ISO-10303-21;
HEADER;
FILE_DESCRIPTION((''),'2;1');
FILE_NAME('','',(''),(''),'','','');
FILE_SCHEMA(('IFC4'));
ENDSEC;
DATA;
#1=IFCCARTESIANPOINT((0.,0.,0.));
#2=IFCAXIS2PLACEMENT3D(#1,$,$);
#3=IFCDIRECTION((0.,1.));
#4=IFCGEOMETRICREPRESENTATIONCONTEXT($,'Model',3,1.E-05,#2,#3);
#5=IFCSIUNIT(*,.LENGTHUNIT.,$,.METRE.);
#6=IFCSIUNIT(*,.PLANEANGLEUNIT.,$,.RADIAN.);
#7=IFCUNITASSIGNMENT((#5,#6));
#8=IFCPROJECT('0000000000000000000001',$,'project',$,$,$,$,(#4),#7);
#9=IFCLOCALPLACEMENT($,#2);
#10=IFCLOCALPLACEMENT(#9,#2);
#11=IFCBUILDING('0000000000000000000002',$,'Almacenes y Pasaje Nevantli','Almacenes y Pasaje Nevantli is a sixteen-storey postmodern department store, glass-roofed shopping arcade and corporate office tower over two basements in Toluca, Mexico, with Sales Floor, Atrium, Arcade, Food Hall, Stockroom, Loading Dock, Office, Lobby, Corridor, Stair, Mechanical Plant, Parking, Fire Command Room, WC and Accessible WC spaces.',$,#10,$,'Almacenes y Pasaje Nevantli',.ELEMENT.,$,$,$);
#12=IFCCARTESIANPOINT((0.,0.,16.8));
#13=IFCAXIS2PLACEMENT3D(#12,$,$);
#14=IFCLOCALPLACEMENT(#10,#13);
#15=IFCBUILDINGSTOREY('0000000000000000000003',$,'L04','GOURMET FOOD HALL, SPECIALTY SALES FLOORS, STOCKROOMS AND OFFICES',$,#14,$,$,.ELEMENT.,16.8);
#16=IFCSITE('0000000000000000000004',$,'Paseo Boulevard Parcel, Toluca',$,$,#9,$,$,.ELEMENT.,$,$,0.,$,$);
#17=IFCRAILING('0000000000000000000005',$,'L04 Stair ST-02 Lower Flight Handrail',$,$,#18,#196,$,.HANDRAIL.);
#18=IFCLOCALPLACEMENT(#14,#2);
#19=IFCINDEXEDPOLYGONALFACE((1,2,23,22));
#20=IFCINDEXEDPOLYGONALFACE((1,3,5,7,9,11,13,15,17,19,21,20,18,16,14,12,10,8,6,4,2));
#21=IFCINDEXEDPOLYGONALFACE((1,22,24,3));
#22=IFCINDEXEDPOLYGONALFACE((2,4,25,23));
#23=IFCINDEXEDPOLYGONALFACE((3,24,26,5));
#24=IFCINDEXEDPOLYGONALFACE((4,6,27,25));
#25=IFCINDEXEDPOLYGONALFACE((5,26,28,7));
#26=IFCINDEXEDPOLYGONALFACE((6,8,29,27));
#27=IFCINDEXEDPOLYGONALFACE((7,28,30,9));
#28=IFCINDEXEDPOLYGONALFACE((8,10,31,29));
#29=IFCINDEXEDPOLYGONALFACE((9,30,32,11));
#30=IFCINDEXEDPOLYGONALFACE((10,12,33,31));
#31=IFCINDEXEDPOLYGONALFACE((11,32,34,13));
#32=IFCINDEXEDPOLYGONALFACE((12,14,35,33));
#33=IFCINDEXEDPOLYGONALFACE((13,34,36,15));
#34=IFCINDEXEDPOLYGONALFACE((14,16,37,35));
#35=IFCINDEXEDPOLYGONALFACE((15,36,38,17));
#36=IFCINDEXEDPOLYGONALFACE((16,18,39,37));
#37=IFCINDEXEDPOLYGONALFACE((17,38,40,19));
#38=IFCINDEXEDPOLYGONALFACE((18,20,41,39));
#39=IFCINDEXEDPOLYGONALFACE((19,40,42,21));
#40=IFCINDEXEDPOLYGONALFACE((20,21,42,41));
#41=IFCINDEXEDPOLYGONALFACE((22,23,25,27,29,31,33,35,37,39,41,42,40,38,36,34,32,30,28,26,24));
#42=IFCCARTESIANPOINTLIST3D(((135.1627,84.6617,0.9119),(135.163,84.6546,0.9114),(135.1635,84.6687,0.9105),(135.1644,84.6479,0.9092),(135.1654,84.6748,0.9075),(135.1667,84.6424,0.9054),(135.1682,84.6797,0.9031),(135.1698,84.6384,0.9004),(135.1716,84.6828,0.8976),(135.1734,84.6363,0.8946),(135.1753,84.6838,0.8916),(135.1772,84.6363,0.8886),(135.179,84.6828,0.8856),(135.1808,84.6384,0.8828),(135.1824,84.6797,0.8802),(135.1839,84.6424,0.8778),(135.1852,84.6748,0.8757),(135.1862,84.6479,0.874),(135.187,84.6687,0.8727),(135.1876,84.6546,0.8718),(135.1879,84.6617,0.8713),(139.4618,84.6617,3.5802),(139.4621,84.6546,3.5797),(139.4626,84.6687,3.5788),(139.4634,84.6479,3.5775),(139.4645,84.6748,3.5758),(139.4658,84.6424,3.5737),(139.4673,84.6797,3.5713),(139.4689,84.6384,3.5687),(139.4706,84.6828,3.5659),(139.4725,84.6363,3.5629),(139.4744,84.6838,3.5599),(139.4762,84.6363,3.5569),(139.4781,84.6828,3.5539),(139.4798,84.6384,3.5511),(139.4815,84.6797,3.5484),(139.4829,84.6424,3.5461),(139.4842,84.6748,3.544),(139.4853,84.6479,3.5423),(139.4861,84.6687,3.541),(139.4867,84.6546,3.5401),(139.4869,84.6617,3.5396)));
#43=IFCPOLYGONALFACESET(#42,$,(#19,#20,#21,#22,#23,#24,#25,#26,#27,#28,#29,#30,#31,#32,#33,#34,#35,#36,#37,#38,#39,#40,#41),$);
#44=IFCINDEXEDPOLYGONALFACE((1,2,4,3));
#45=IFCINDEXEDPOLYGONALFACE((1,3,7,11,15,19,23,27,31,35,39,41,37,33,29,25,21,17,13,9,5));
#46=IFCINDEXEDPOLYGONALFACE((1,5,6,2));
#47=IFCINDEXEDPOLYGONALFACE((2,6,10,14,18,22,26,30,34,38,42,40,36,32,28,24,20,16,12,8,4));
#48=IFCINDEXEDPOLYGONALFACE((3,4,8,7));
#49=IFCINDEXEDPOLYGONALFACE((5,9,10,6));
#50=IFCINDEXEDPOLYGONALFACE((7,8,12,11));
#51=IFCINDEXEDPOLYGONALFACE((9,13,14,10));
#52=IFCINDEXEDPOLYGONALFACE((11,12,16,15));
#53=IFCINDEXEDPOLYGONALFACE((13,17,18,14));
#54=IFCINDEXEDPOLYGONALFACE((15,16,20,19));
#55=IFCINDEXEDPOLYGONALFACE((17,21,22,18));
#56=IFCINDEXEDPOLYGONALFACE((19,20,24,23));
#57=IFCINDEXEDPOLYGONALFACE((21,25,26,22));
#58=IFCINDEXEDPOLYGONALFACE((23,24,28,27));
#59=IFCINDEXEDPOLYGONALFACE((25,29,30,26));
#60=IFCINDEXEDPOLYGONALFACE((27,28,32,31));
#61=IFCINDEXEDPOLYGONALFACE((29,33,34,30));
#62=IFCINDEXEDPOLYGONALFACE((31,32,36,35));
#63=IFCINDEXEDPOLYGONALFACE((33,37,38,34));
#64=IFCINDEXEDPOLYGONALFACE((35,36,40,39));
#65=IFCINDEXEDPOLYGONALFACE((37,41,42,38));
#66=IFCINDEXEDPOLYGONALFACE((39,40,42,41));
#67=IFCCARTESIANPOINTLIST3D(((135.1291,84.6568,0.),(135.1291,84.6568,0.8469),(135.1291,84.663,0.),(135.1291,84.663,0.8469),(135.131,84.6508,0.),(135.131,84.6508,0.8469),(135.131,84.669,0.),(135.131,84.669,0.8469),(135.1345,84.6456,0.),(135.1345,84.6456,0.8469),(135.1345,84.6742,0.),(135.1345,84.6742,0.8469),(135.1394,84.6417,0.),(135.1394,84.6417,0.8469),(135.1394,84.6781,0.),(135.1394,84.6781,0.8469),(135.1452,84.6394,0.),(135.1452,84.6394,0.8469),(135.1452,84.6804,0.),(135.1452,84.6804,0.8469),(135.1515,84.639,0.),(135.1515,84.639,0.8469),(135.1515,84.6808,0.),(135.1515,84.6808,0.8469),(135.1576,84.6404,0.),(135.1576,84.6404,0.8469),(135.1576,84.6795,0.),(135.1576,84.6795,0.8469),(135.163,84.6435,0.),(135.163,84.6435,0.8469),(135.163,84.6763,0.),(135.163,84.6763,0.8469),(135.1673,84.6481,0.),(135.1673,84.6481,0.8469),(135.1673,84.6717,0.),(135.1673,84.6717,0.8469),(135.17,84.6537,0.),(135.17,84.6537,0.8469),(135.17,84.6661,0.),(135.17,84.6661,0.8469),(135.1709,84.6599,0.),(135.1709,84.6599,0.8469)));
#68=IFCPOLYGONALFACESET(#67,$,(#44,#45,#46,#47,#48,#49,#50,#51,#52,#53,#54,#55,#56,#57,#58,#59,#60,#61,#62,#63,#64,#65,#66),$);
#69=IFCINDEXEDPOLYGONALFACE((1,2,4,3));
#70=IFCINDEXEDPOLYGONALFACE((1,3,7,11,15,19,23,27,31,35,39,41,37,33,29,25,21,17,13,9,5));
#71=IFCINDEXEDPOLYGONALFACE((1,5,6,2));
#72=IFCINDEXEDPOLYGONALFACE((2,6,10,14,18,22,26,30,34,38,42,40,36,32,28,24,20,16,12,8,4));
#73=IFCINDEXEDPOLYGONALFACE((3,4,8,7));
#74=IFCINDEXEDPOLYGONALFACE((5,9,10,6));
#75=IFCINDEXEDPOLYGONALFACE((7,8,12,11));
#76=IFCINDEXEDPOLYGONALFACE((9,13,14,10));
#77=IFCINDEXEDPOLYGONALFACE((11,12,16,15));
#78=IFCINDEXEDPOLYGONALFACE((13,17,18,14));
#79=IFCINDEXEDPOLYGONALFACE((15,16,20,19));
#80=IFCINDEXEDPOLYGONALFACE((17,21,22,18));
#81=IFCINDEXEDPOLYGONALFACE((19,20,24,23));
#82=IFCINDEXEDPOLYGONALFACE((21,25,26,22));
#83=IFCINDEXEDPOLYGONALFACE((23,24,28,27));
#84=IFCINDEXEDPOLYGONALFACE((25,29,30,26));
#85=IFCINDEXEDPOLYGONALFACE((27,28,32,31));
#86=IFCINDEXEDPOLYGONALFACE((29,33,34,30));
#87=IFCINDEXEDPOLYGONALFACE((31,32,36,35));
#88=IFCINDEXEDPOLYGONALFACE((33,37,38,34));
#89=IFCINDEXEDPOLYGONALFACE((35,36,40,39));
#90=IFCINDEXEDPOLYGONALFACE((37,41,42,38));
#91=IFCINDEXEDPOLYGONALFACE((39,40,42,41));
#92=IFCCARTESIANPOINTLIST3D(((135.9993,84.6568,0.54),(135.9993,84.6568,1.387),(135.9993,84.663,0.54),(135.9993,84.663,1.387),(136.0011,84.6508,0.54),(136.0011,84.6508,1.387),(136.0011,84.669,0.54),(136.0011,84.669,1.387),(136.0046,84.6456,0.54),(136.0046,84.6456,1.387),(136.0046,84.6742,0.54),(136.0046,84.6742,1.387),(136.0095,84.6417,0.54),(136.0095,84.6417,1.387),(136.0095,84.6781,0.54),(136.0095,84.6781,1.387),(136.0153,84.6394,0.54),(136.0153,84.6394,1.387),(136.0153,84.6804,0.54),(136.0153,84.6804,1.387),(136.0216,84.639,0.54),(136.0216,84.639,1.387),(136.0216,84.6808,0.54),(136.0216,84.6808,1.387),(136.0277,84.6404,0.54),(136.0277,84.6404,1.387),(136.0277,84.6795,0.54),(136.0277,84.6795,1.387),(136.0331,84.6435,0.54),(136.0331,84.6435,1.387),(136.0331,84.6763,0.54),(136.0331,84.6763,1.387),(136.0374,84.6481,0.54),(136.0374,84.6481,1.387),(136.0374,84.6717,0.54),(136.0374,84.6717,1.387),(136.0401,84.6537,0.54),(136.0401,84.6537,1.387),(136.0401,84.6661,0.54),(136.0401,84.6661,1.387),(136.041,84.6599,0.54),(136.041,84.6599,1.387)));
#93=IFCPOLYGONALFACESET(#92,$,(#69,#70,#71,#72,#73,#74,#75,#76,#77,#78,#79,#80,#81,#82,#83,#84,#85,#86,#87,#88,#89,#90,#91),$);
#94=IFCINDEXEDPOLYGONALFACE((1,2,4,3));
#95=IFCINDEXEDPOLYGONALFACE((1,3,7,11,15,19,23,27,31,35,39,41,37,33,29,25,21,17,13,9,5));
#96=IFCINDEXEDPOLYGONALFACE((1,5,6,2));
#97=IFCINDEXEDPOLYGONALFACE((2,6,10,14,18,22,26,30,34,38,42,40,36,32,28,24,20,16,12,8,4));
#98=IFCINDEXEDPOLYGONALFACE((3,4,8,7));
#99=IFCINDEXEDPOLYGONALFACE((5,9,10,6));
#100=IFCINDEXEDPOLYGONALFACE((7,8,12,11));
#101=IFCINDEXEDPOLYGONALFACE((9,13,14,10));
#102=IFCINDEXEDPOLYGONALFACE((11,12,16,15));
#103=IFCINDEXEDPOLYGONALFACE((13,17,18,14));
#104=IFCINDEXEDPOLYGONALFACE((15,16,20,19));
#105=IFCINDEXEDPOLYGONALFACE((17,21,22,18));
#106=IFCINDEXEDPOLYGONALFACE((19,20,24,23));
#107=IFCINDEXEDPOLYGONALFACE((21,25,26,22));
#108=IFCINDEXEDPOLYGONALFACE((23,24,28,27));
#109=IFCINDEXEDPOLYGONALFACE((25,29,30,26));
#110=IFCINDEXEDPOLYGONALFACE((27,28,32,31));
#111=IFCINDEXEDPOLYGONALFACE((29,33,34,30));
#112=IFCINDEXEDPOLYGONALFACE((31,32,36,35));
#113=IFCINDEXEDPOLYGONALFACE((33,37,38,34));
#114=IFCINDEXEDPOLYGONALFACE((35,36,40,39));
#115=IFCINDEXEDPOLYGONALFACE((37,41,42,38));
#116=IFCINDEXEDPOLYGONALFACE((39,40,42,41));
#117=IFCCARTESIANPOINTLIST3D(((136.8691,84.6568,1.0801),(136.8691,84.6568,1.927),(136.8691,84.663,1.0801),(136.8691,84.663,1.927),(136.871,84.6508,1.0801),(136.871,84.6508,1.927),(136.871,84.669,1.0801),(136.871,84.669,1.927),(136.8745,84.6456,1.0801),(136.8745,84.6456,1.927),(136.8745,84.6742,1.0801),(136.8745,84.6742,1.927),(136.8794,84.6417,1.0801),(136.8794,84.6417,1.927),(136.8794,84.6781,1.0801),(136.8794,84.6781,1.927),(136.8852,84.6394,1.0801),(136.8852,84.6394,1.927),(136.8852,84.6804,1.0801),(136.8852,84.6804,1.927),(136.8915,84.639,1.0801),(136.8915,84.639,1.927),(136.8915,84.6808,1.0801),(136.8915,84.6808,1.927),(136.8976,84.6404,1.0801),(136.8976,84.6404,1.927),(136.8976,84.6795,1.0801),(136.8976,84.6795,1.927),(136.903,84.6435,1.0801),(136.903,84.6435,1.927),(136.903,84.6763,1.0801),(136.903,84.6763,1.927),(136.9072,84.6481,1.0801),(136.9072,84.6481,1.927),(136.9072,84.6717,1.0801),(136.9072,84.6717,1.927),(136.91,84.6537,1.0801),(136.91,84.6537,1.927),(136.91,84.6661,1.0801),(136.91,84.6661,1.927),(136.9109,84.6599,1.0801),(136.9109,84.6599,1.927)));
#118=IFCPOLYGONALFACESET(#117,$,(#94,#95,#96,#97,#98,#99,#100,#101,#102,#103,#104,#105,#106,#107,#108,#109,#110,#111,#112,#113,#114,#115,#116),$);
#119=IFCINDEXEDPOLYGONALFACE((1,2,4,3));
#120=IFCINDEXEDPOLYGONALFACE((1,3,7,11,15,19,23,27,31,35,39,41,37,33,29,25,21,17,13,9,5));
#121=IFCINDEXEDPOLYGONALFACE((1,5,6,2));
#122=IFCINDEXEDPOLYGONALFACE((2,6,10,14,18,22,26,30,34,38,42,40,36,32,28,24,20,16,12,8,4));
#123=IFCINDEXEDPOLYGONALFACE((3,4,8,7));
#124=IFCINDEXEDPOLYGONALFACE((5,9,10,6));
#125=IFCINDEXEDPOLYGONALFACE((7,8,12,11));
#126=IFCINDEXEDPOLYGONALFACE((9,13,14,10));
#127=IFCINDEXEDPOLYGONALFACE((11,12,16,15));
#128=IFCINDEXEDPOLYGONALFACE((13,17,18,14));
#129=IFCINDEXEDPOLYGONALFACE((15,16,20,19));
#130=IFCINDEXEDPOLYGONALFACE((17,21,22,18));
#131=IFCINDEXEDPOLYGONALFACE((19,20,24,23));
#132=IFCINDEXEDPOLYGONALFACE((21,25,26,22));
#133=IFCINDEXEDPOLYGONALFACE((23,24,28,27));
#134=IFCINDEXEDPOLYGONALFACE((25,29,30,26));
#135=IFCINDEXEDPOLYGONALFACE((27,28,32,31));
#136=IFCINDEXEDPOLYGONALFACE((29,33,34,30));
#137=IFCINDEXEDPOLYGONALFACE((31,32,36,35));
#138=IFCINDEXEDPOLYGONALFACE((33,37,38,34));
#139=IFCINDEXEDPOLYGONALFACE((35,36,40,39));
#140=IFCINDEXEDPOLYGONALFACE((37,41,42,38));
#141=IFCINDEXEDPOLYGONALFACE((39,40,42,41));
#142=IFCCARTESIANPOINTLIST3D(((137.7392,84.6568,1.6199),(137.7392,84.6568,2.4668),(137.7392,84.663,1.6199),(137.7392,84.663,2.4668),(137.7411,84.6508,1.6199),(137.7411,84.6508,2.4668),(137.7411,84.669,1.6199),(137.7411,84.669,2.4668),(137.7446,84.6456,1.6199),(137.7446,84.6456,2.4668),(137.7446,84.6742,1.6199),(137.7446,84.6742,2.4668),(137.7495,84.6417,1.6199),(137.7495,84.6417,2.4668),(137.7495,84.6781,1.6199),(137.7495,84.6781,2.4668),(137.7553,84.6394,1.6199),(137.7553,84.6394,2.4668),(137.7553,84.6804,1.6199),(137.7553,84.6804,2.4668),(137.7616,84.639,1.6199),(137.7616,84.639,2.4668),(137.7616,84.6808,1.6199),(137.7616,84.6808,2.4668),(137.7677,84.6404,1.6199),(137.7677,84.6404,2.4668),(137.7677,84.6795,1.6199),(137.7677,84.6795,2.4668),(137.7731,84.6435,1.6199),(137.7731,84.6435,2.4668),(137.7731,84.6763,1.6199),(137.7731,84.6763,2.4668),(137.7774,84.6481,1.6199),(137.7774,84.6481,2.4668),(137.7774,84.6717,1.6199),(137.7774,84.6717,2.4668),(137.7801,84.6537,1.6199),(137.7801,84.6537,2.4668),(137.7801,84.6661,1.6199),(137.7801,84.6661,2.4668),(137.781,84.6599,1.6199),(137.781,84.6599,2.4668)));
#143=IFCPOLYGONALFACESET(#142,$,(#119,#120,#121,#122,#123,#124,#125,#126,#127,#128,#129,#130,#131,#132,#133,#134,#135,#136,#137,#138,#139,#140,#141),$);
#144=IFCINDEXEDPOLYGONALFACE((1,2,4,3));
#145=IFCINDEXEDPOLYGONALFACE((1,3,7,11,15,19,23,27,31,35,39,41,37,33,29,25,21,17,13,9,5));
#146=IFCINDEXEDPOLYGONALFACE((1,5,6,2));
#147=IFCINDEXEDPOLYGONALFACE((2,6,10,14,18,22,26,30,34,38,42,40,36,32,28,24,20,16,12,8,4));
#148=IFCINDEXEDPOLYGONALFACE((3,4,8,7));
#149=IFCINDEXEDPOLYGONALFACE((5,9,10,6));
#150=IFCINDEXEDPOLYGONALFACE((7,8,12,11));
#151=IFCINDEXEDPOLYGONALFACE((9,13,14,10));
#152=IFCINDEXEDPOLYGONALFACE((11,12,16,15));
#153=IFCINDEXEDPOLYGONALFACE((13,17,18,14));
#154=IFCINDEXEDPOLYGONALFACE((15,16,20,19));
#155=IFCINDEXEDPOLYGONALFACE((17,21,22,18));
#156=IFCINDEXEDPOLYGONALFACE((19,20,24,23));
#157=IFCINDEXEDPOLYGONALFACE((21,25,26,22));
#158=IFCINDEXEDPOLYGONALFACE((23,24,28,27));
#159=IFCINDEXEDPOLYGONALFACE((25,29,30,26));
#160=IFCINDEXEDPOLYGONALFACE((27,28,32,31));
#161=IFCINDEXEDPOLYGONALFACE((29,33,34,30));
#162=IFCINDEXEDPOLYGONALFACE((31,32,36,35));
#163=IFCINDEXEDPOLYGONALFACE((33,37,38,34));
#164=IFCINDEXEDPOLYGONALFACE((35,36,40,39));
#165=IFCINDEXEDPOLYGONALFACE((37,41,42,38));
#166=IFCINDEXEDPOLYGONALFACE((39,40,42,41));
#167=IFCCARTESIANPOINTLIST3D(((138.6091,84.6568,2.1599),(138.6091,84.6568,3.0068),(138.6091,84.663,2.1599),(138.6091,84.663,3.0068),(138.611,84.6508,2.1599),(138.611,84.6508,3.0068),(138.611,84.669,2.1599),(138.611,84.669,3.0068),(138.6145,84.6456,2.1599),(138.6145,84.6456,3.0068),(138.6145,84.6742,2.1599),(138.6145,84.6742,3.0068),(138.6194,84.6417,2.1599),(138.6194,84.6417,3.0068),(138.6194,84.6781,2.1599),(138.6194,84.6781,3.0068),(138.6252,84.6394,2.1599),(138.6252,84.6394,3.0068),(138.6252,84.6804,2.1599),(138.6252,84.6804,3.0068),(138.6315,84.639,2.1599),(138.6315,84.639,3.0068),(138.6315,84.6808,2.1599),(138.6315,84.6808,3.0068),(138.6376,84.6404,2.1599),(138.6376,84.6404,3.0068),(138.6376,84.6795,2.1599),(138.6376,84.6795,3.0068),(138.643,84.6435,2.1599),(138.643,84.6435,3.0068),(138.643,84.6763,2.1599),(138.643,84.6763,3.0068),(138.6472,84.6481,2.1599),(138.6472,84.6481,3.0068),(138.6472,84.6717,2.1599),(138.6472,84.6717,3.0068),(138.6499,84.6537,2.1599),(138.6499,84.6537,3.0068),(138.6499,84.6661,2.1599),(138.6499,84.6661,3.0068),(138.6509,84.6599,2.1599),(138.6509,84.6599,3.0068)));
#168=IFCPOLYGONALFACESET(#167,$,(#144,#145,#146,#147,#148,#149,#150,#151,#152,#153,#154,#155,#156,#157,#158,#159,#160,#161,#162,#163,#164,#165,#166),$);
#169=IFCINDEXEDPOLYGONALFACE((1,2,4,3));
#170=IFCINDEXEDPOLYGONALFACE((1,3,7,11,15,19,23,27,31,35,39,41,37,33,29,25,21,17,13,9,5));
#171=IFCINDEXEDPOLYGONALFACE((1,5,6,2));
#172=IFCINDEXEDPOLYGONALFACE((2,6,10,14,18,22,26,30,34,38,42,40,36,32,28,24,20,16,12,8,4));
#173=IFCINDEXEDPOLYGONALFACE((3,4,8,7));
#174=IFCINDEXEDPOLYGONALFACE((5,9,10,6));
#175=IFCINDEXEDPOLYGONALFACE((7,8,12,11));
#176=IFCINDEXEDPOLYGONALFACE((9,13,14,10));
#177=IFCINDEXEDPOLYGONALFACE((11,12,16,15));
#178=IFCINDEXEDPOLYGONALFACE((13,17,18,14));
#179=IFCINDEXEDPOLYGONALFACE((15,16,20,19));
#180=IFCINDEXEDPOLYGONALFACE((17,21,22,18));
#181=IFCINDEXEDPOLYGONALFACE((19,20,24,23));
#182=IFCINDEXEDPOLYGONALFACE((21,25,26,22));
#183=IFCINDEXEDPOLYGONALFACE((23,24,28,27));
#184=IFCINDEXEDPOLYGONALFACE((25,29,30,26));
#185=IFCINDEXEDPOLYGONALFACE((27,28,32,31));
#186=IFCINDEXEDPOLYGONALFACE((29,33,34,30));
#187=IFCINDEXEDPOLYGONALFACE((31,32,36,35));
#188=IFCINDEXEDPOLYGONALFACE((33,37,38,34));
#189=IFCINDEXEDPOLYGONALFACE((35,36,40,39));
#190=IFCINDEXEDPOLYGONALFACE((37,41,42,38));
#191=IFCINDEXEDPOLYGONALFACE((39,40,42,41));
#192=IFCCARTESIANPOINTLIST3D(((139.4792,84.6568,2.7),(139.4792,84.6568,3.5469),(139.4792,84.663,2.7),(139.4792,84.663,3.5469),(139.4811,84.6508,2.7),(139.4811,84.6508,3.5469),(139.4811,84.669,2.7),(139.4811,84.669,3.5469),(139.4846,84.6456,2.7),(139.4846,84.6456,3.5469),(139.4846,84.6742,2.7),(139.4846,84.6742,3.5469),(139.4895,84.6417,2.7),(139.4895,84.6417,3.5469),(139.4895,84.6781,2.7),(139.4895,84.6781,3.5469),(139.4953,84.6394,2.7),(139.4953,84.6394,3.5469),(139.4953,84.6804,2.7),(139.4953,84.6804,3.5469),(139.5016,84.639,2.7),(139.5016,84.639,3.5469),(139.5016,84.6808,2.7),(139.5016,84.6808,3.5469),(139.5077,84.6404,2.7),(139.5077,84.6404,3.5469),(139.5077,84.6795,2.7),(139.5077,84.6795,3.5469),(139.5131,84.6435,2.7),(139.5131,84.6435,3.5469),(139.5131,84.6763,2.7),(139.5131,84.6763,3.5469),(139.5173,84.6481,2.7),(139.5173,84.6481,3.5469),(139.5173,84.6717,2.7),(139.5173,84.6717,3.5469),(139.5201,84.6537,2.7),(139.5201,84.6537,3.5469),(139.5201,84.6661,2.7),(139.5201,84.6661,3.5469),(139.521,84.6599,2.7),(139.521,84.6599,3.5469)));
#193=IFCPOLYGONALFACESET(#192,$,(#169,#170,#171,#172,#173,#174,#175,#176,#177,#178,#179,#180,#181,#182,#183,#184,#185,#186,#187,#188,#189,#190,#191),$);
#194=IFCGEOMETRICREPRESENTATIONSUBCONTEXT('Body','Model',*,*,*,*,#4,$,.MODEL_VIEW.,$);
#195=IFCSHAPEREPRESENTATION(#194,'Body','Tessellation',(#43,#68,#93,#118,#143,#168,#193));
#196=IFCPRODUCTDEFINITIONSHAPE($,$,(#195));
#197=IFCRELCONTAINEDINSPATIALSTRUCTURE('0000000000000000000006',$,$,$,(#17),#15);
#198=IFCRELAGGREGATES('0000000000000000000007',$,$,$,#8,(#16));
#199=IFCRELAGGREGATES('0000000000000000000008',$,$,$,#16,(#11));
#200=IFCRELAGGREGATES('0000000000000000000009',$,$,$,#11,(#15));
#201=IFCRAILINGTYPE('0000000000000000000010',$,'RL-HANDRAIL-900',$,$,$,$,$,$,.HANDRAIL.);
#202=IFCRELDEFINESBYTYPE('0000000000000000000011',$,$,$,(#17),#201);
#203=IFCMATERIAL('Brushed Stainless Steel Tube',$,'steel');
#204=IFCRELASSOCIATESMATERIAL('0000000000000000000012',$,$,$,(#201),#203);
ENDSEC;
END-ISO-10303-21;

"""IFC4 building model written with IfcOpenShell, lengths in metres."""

from ifc_helpers import new_model, si_unit, direction, frame, origin, origin_2d, place, context, subcontext, project, spatial, circle, extrude, material, type_object, element, save


model = new_model("IFC4")

# Units and contexts
model_context = context("Model", 3, precision=1e-05, world=origin(), true_north=direction((0.0, 1.0)))
body_context = subcontext(model_context, "Body", "Model", "MODEL_VIEW")
ifc_project = project(units=[si_unit("LENGTHUNIT", "METRE"), si_unit("PLANEANGLEUNIT", "RADIAN")], contexts=[model_context])

# Site, building, storey
site_placement = place(None, origin())
site = spatial("IfcSite", under=ifc_project, at=site_placement, Name="Paseo Boulevard Parcel, Toluca", CompositionType="ELEMENT", RefElevation=0.0)
building_placement = place(site_placement, origin())
building = spatial("IfcBuilding", under=site, at=building_placement, Name="Almacenes y Pasaje Nevantli", Description="Almacenes y Pasaje Nevantli is a sixteen-storey postmodern department store, glass-roofed shopping arcade and corporate office tower over two basements in Toluca, Mexico, with Sales Floor, Atrium, Arcade, Food Hall, Stockroom, Loading Dock, Office, Lobby, Corridor, Stair, Mechanical Plant, Parking, Fire Command Room, WC and Accessible WC spaces.", LongName="Almacenes y Pasaje Nevantli", CompositionType="ELEMENT")
storey_placement = place(building_placement, frame((0.0, 0.0, 16.8)))
storey = spatial("IfcBuildingStorey", under=building, at=storey_placement, Name="L04", Description="GOURMET FOOD HALL, SPECIALTY SALES FLOORS, STOCKROOMS AND OFFICES", CompositionType="ELEMENT", Elevation=16.8)

# Railing
ifc_material_1 = material(Name="Brushed Stainless Steel Tube", Category="steel")
railing_type_1 = type_object("IfcRailingType", Name="RL-HANDRAIL-900", PredefinedType="HANDRAIL", material=ifc_material_1)
railing_1_placement = place(storey_placement, frame((135.1499, 84.6599, 0.0)))
element("IfcRailing", 1, at=railing_1_placement, inside=storey, type_object=railing_type_1, Name="L04 Stair ST-02 Lower Flight Handrail", PredefinedType="HANDRAIL", context=body_context, shape_type="SweptSolid", body=[
    extrude(circle(Radius=0.0239, at=origin_2d()), frame((0.0254, 0.0, 0.8916), z_axis=(0.84965, 0.0, 0.527347), x_axis=(0.0, 1.0, 0.0)), (0.0, 0.0, 1.0), 5.0598),
    extrude(circle(Radius=0.021, at=origin_2d()), origin(), (0.0, 0.0, 1.0), 0.8469),
    extrude(circle(Radius=0.021, at=origin_2d()), frame((0.8701, 0.0, 0.54)), (0.0, 0.0, 1.0), 0.8469),
    extrude(circle(Radius=0.021, at=origin_2d()), frame((1.74, 0.0, 1.0801)), (0.0, 0.0, 1.0), 0.8469),
    extrude(circle(Radius=0.021, at=origin_2d()), frame((2.6101, 0.0, 1.6199)), (0.0, 0.0, 1.0), 0.8469),
    extrude(circle(Radius=0.021, at=origin_2d()), frame((3.48, 0.0, 2.1599)), (0.0, 0.0, 1.0), 0.8469),
    extrude(circle(Radius=0.021, at=origin_2d()), frame((4.3501, 0.0, 2.7)), (0.0, 0.0, 1.0), 0.8469),
])

save(model, "model.ifc")
